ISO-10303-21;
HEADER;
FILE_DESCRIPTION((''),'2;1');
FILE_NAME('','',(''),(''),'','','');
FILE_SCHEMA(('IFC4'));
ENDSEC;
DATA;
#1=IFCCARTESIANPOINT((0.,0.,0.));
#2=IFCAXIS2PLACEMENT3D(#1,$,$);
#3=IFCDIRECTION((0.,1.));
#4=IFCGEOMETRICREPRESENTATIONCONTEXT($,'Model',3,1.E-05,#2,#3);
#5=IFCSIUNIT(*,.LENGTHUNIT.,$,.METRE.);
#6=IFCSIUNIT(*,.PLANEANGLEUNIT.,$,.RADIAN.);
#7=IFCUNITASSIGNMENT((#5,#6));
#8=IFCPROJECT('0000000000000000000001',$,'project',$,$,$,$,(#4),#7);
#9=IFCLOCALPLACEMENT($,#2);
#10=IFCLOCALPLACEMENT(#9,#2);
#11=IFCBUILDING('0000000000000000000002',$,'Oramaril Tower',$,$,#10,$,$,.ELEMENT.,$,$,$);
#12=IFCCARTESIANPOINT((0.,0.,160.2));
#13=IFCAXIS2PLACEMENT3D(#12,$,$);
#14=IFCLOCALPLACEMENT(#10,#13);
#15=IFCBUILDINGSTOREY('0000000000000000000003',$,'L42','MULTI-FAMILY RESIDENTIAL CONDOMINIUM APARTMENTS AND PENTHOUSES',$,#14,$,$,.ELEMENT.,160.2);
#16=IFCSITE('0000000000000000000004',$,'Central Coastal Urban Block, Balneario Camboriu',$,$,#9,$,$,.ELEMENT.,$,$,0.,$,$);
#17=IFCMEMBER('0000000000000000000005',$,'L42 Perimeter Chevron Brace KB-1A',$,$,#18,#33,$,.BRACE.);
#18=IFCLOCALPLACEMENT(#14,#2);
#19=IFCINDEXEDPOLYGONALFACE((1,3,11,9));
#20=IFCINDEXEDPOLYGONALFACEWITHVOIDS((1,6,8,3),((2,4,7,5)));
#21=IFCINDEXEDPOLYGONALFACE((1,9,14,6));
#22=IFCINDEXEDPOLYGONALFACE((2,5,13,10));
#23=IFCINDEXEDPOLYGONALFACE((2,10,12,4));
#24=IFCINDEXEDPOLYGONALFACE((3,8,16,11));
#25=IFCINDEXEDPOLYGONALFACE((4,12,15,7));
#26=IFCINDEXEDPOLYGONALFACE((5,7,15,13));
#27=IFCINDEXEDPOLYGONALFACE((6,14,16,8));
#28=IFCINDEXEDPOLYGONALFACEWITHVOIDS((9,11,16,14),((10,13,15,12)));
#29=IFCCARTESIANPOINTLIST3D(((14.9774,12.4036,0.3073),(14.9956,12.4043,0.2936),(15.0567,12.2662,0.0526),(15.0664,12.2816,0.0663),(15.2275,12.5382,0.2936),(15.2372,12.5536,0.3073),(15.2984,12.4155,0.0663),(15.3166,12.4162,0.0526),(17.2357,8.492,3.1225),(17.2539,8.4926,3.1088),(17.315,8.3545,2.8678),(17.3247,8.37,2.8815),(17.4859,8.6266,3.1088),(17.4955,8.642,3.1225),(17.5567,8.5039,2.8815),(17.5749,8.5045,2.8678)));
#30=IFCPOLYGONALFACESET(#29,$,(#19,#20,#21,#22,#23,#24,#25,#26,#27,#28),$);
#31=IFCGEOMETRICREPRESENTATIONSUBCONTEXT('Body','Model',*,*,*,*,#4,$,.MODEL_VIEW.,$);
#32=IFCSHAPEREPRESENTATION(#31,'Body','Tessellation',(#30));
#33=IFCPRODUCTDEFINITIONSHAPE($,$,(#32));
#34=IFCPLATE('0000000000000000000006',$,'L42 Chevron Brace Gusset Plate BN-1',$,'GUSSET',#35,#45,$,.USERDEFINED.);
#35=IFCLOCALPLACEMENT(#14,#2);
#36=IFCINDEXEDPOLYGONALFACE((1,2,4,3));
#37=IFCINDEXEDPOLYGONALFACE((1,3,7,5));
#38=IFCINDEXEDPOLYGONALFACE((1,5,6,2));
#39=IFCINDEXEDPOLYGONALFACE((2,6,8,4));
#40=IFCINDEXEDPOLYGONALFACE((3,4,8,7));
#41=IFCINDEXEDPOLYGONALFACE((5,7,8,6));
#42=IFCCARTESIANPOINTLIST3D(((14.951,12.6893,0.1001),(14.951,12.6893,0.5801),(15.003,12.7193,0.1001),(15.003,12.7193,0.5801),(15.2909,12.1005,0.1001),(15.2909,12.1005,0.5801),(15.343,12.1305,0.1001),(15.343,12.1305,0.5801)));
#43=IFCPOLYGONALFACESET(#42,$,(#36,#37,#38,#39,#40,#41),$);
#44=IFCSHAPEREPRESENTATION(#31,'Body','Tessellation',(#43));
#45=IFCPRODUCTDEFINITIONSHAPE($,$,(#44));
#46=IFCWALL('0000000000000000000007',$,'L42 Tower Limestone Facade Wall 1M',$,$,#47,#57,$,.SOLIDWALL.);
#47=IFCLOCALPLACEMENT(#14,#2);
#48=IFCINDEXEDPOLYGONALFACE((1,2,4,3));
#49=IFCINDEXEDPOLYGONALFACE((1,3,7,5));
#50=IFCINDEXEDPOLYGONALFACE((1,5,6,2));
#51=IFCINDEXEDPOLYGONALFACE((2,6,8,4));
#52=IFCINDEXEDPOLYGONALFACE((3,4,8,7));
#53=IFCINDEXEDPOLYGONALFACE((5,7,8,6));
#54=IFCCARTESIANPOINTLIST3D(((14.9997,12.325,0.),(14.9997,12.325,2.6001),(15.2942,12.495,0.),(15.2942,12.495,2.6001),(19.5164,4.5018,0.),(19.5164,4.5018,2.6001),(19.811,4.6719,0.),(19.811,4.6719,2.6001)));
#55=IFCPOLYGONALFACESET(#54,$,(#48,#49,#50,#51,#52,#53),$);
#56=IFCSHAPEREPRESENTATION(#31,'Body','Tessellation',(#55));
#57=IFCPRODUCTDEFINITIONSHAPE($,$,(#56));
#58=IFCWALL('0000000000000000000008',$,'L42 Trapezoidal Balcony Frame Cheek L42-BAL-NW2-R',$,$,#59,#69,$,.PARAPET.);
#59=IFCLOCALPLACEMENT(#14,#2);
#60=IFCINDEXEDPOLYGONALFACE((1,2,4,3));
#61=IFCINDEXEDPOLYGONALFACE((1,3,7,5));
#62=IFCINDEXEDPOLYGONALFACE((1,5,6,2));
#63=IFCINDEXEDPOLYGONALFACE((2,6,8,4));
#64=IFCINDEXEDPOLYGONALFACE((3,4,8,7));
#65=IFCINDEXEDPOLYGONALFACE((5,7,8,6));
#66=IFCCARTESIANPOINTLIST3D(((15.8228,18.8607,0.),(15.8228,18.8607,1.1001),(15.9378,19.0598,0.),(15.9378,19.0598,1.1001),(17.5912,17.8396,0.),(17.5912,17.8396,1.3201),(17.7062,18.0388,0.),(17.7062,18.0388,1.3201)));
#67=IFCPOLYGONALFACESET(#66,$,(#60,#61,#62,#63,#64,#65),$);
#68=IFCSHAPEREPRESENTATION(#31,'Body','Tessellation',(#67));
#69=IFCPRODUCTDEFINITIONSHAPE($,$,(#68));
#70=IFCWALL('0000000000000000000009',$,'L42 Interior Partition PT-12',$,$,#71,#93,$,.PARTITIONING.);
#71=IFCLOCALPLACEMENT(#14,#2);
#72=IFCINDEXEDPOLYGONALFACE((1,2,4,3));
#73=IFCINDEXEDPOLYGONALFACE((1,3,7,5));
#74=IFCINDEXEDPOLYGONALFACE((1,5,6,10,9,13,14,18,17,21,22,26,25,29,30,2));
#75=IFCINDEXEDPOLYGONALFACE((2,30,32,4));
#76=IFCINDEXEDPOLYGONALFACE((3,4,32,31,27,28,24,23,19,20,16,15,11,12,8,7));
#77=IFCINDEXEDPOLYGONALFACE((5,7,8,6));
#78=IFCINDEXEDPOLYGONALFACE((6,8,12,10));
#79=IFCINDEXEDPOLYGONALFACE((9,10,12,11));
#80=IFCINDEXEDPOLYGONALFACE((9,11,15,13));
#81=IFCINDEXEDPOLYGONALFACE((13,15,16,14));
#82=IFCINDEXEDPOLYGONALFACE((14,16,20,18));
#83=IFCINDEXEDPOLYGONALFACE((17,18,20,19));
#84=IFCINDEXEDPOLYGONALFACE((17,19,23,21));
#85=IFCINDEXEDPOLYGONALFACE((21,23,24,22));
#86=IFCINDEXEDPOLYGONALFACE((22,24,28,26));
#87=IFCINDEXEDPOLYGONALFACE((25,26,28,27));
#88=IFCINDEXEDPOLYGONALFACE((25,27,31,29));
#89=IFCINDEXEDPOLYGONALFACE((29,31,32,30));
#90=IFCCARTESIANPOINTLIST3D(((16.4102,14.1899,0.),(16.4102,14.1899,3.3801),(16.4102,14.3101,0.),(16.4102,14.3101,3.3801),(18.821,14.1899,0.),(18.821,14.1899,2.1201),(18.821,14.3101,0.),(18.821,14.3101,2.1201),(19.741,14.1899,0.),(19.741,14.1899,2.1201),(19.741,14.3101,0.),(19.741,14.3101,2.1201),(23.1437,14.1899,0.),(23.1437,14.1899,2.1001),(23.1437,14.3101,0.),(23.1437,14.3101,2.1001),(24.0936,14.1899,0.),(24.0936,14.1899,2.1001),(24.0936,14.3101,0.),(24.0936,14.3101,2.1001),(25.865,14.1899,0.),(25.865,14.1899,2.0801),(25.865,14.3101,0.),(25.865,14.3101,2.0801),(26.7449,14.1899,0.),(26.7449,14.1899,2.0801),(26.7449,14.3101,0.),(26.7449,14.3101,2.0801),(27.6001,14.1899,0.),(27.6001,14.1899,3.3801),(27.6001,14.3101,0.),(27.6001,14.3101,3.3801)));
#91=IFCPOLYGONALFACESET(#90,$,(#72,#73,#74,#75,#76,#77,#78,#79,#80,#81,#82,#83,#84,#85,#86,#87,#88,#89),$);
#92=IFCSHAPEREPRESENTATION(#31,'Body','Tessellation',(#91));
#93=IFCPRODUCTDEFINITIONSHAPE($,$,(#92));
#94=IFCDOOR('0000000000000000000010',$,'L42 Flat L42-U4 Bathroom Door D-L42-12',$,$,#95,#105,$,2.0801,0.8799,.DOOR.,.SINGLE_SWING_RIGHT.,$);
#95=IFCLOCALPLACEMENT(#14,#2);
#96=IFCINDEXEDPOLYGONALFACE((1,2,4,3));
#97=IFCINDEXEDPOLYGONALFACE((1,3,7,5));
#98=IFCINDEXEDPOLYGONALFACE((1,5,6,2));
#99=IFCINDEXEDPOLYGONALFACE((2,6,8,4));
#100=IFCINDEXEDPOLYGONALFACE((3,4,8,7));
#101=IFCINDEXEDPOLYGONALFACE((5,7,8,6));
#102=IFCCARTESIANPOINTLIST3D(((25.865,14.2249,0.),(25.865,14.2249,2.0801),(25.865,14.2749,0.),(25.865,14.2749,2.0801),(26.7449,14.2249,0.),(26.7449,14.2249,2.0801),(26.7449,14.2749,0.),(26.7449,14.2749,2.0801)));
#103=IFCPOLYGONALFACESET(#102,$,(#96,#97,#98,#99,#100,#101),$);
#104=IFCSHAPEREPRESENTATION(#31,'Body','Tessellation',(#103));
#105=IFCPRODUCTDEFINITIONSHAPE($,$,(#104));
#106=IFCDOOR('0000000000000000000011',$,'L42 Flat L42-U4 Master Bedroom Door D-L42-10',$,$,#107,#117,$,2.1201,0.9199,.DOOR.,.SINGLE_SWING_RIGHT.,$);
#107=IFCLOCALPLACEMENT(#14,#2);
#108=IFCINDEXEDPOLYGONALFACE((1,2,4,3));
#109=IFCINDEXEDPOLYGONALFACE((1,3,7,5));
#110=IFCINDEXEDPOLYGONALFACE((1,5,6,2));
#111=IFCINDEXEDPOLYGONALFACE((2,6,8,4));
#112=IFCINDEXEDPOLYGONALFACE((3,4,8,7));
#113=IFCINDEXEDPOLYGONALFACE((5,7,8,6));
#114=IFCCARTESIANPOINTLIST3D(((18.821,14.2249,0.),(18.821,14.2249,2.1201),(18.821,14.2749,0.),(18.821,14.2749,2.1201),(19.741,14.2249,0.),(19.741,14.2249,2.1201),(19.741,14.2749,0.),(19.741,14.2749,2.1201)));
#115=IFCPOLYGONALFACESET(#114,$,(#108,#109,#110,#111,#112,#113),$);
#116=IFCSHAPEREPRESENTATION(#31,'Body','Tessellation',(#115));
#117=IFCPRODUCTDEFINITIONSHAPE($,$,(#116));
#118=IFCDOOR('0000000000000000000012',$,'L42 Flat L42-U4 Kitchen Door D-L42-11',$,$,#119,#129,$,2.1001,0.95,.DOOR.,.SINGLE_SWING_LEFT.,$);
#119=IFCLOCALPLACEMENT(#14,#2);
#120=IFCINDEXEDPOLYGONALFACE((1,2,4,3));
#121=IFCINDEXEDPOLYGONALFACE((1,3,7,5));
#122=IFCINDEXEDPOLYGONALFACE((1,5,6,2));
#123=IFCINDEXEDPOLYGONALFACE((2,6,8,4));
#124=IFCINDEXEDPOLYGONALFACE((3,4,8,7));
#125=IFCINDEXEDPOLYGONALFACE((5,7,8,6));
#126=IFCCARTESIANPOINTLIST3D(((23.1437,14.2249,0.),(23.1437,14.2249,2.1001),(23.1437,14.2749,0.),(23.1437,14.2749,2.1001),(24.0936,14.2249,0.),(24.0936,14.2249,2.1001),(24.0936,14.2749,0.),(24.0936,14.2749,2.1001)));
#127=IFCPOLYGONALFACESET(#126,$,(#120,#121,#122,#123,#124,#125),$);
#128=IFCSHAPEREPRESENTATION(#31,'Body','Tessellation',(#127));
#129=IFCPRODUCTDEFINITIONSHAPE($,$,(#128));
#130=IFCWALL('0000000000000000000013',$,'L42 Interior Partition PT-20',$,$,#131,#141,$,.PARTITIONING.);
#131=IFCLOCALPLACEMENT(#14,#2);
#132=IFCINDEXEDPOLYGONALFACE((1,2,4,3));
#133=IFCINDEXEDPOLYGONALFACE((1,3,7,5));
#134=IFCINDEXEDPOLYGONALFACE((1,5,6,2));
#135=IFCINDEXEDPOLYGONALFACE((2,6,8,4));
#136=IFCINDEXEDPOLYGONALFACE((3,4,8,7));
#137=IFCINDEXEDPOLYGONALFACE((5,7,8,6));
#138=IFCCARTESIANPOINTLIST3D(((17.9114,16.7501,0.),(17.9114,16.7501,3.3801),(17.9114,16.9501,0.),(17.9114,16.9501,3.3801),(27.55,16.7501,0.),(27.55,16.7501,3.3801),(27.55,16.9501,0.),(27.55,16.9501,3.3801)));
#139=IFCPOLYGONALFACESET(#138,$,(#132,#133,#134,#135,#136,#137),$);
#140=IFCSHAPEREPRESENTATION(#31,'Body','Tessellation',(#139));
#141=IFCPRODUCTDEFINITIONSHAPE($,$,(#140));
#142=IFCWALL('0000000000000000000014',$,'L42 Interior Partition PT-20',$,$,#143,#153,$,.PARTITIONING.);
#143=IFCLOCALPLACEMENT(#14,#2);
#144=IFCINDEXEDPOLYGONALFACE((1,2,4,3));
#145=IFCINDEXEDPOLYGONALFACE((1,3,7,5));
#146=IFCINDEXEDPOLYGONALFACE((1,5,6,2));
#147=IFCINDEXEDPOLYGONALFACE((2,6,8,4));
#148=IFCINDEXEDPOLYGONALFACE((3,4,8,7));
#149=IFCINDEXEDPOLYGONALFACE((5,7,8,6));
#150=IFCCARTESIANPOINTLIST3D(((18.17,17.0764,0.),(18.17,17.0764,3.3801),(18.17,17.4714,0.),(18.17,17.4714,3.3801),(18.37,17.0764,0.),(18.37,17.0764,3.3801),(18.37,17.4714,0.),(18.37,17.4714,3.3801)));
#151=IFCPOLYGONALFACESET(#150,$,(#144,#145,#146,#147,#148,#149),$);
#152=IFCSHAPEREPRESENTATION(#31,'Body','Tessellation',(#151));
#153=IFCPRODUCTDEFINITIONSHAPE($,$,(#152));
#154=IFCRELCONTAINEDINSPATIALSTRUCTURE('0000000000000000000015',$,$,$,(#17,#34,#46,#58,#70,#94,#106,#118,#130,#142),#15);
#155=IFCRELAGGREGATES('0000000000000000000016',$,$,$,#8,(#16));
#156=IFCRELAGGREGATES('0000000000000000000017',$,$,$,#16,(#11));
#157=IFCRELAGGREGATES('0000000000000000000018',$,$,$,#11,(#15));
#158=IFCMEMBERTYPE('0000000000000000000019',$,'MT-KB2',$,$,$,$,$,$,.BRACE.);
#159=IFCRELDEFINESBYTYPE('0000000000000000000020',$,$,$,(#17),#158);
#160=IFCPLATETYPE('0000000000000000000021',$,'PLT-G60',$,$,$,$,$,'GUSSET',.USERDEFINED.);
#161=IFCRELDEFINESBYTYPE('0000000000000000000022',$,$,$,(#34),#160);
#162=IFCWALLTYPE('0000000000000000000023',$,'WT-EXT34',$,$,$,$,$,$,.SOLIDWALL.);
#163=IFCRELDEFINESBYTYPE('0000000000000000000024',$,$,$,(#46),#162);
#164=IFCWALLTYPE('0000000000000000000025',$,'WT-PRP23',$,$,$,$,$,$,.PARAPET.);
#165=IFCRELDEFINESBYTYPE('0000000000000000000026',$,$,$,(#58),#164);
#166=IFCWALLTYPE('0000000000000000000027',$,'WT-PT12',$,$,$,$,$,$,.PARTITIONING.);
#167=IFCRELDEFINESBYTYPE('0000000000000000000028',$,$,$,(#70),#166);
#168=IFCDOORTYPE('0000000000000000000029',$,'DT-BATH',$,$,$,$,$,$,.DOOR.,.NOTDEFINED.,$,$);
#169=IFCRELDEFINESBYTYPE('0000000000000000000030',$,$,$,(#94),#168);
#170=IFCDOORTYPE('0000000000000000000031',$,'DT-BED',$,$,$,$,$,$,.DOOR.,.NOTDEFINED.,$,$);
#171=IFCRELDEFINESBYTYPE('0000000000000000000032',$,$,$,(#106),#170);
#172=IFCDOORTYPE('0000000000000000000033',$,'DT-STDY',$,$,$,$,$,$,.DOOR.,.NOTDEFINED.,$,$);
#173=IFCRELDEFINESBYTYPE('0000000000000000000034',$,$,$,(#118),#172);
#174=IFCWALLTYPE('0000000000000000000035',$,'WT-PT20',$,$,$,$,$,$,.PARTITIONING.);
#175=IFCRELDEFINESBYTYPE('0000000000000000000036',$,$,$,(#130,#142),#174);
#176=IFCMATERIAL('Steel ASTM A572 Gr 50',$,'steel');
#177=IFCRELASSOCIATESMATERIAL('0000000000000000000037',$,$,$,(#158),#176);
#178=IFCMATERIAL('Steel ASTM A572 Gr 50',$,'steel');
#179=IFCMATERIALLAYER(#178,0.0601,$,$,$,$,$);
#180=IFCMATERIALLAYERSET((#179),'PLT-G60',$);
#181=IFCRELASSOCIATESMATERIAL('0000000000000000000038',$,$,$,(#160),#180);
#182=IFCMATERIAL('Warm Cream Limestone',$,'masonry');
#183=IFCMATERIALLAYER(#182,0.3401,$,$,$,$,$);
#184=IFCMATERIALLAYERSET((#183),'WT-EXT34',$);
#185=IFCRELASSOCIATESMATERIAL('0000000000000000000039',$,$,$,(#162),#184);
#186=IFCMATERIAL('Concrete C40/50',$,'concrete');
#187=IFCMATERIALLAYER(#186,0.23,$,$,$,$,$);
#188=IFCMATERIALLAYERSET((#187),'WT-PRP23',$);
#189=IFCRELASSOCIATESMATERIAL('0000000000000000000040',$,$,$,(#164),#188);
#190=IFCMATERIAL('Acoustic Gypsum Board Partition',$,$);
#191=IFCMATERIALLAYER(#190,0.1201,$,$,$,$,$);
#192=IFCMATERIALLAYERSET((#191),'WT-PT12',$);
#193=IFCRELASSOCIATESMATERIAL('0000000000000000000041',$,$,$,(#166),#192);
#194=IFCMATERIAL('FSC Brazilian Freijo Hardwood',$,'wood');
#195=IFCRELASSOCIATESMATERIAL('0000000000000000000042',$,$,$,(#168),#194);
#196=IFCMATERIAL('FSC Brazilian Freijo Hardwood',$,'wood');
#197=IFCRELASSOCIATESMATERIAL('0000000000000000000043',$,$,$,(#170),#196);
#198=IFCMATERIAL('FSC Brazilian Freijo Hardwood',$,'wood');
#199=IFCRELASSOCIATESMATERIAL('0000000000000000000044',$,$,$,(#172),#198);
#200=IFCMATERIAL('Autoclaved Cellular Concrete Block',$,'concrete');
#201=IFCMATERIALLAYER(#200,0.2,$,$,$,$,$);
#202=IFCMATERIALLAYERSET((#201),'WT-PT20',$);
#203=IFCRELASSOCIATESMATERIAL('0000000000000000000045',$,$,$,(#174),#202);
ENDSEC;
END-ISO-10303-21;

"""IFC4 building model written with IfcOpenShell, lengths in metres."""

from ifc_helpers import new_model, si_unit, direction, frame, frame_2d, origin, origin_2d, place, context, subcontext, project, spatial, polyline, rectangle, hollow_rectangle, outline, extrude, material, layer, layer_set, material_profile, profile_set, type_object, element, fill, save


model = new_model("IFC4")

# Units and contexts
model_context = context("Model", 3, precision=1e-05, world=origin(), true_north=direction((0.0, 1.0)))
body_context = subcontext(model_context, "Body", "Model", "MODEL_VIEW")
ifc_project = project(units=[si_unit("LENGTHUNIT", "METRE"), si_unit("PLANEANGLEUNIT", "RADIAN")], contexts=[model_context])

# Site, building, storey
site_placement = place(None, origin())
site = spatial("IfcSite", under=ifc_project, at=site_placement, Name="Central Coastal Urban Block, Balneario Camboriu", CompositionType="ELEMENT", RefElevation=0.0)
building_placement = place(site_placement, origin())
building = spatial("IfcBuilding", under=site, at=building_placement, Name="Oramaril Tower", CompositionType="ELEMENT")
storey_placement = place(building_placement, frame((0.0, 0.0, 160.2)))
storey = spatial("IfcBuildingStorey", under=building, at=storey_placement, Name="L42", Description="MULTI-FAMILY RESIDENTIAL CONDOMINIUM APARTMENTS AND PENTHOUSES", CompositionType="ELEMENT", Elevation=160.2)

# Member
ifc_material_1 = material(Name="Steel ASTM A572 Gr 50", Category="steel")
ifc_material_profile_1 = material_profile(ifc_material_1, hollow_rectangle(XDim=0.3, YDim=0.3, WallThickness=0.0161, at=origin_2d()), Name="HSS300X300X16")
ifc_profile_set_1 = profile_set([ifc_material_profile_1], Name="Steel ASTM A572 Gr 50")
member_type = type_object("IfcMemberType", Name="MT-KB2", PredefinedType="BRACE", material=ifc_profile_set_1)
member_placement = place(storey_placement, frame((15.147, 12.4099, 0.1799), z_axis=(0.424316, -0.734961, 0.52895), x_axis=(0.866033, 0.499988, 0.0)))
element("IfcMember", 1, at=member_placement, inside=storey, type_object=member_type, Name="L42 Perimeter Chevron Brace KB-1A", PredefinedType="BRACE", context=body_context, shape_type="SweptSolid", body=[
    extrude(hollow_rectangle(XDim=0.3, YDim=0.3, WallThickness=0.0161, at=origin_2d()), origin(), (0.0, 0.0, 1.0), 5.3223),
])

# Plate
ifc_material_2 = material(Name="Steel ASTM A572 Gr 50", Category="steel")
ifc_layer_1 = layer(ifc_material_2, 0.0601)
ifc_layer_set_1 = layer_set([ifc_layer_1], Name="PLT-G60")
plate_type = type_object("IfcPlateType", Name="PLT-G60", ElementType="GUSSET", PredefinedType="USERDEFINED", material=ifc_layer_set_1)
plate_placement = place(storey_placement, frame((15.147, 12.4099, 0.1001), z_axis=(0.0, 0.0, 1.0), x_axis=(0.500002, -0.866025, 0.0)))
element("IfcPlate", 2, at=plate_placement, inside=storey, type_object=plate_type, Name="L42 Chevron Brace Gusset Plate BN-1", ObjectType="GUSSET", PredefinedType="USERDEFINED", context=body_context, shape_type="SweptSolid", body=[
    extrude(rectangle(XDim=0.6799, YDim=0.0601, at=origin_2d()), origin(), (0.0, 0.0, 1.0), 0.48),
])

# Walls
ifc_material_3 = material(Name="Warm Cream Limestone", Category="masonry")
ifc_layer_2 = layer(ifc_material_3, 0.3401)
ifc_layer_set_2 = layer_set([ifc_layer_2], Name="WT-EXT34")
wall_type_1 = type_object("IfcWallType", Name="WT-EXT34", PredefinedType="SOLIDWALL", material=ifc_layer_set_2)
wall_1_placement = place(storey_placement, frame((15.147, 12.4099, 0.0), z_axis=(0.0, 0.0, 1.0), x_axis=(0.500008, -0.866021, 0.0)))
element("IfcWall", 3, at=wall_1_placement, inside=storey, type_object=wall_type_1, Name="L42 Tower Limestone Facade Wall 1M", PredefinedType="SOLIDWALL", context=body_context, shape_type="SweptSolid", body=[
    extrude(rectangle(XDim=9.0334, YDim=0.3401, at=frame_2d((4.5166, 0.0))), origin(), (0.0, 0.0, 1.0), 2.6001),
])
ifc_material_4 = material(Name="Concrete C40/50", Category="concrete")
ifc_layer_3 = layer(ifc_material_4, 0.23)
ifc_layer_set_3 = layer_set([ifc_layer_3], Name="WT-PRP23")
wall_type_2 = type_object("IfcWallType", Name="WT-PRP23", PredefinedType="PARAPET", material=ifc_layer_set_3)
wall_2_placement = place(storey_placement, frame((17.6487, 17.9392, 0.0), z_axis=(0.0, 0.0, 1.0), x_axis=(-0.866012, 0.500023, 0.0)))
element("IfcWall", 4, at=wall_2_placement, inside=storey, type_object=wall_type_2, Name="L42 Trapezoidal Balcony Frame Cheek L42-BAL-NW2-R", PredefinedType="PARAPET", context=body_context, shape_type="SweptSolid", body=[
    extrude(outline(polyline([(0.0, 0.0), (2.042, 0.0), (2.042, 1.1001), (0.0, 1.3201), (0.0, 0.0)])), frame((0.0, 0.115, 0.0), z_axis=(0.0, -1.0, 0.0), x_axis=(1.0, 0.0, 0.0)), (0.0, 0.0, 1.0), 0.23),
])

# Wall, openings, doors
ifc_material_5 = material(Name="Acoustic Gypsum Board Partition")
ifc_layer_4 = layer(ifc_material_5, 0.1201)
ifc_layer_set_4 = layer_set([ifc_layer_4], Name="WT-PT12")
wall_type_3 = type_object("IfcWallType", Name="WT-PT12", PredefinedType="PARTITIONING", material=ifc_layer_set_4)
wall_3_placement = place(storey_placement, frame((16.4102, 14.25, 0.0), z_axis=(0.0, 0.0, 1.0), x_axis=(1.0, 0.0, 0.0)))
wall_3 = element("IfcWall", 5, at=wall_3_placement, inside=storey, type_object=wall_type_3, Name="L42 Interior Partition PT-12", PredefinedType="PARTITIONING", context=body_context, shape_type="SweptSolid", body=[
    extrude(rectangle(XDim=11.1899, YDim=0.1201, at=frame_2d((5.595, 0.0))), origin(), (0.0, 0.0, 1.0), 3.3801),
])
opening_1_placement = place(wall_3_placement, frame((2.4109, 0.0, 0.0)))
opening_1 = element("IfcOpeningElement", 6, at=opening_1_placement, cuts=wall_3, PredefinedType="OPENING", context=body_context, shape_type="SweptSolid", body=[
    extrude(rectangle(XDim=0.9199, YDim=2.1201, at=frame_2d((0.46, 1.0601))), frame((0.0, 0.0601, 0.0), z_axis=(0.0, -1.0, 0.0), x_axis=(1.0, 0.0, 0.0)), (0.0, 0.0, 1.0), 0.1201),
])
opening_2_placement = place(wall_3_placement, frame((6.7334, 0.0, 0.0)))
opening_2 = element("IfcOpeningElement", 7, at=opening_2_placement, cuts=wall_3, PredefinedType="OPENING", context=body_context, shape_type="SweptSolid", body=[
    extrude(rectangle(XDim=0.95, YDim=2.1001, at=frame_2d((0.4751, 1.05))), frame((0.0, 0.0601, 0.0), z_axis=(0.0, -1.0, 0.0), x_axis=(1.0, 0.0, 0.0)), (0.0, 0.0, 1.0), 0.1201),
])
opening_3_placement = place(wall_3_placement, frame((9.4548, 0.0, 0.0)))
opening_3 = element("IfcOpeningElement", 8, at=opening_3_placement, cuts=wall_3, PredefinedType="OPENING", context=body_context, shape_type="SweptSolid", body=[
    extrude(rectangle(XDim=0.8799, YDim=2.0801, at=frame_2d((0.4399, 1.04))), frame((0.0, 0.0601, 0.0), z_axis=(0.0, -1.0, 0.0), x_axis=(1.0, 0.0, 0.0)), (0.0, 0.0, 1.0), 0.1201),
])
ifc_material_6 = material(Name="FSC Brazilian Freijo Hardwood", Category="wood")
door_type_1 = type_object("IfcDoorType", Name="DT-BATH", OperationType="NOTDEFINED", PredefinedType="DOOR", material=ifc_material_6)
door_1_placement = place(opening_3_placement, origin())
door_1 = element("IfcDoor", 9, at=door_1_placement, inside=storey, type_object=door_type_1, Name="L42 Flat L42-U4 Bathroom Door D-L42-12", OperationType="SINGLE_SWING_RIGHT", OverallHeight=2.0801, OverallWidth=0.8799, PredefinedType="DOOR", context=body_context, shape_type="SweptSolid", body=[
    extrude(rectangle(XDim=0.8799, YDim=2.0801, at=frame_2d((0.4399, 1.04))), frame((0.0, 0.0249, 0.0), z_axis=(0.0, -1.0, 0.0), x_axis=(1.0, 0.0, 0.0)), (0.0, 0.0, 1.0), 0.05),
])
fill(opening_3, door_1)
ifc_material_7 = material(Name="FSC Brazilian Freijo Hardwood", Category="wood")
door_type_2 = type_object("IfcDoorType", Name="DT-BED", OperationType="NOTDEFINED", PredefinedType="DOOR", material=ifc_material_7)
door_2_placement = place(opening_1_placement, origin())
door_2 = element("IfcDoor", 10, at=door_2_placement, inside=storey, type_object=door_type_2, Name="L42 Flat L42-U4 Master Bedroom Door D-L42-10", OperationType="SINGLE_SWING_RIGHT", OverallHeight=2.1201, OverallWidth=0.9199, PredefinedType="DOOR", context=body_context, shape_type="SweptSolid", body=[
    extrude(rectangle(XDim=0.9199, YDim=2.1201, at=frame_2d((0.46, 1.0601))), frame((0.0, 0.0249, 0.0), z_axis=(0.0, -1.0, 0.0), x_axis=(1.0, 0.0, 0.0)), (0.0, 0.0, 1.0), 0.05),
])
fill(opening_1, door_2)
ifc_material_8 = material(Name="FSC Brazilian Freijo Hardwood", Category="wood")
door_type_3 = type_object("IfcDoorType", Name="DT-STDY", OperationType="NOTDEFINED", PredefinedType="DOOR", material=ifc_material_8)
door_3_placement = place(opening_2_placement, origin())
door_3 = element("IfcDoor", 11, at=door_3_placement, inside=storey, type_object=door_type_3, Name="L42 Flat L42-U4 Kitchen Door D-L42-11", OperationType="SINGLE_SWING_LEFT", OverallHeight=2.1001, OverallWidth=0.95, PredefinedType="DOOR", context=body_context, shape_type="SweptSolid", body=[
    extrude(rectangle(XDim=0.95, YDim=2.1001, at=frame_2d((0.4751, 1.05))), frame((0.0, 0.0249, 0.0), z_axis=(0.0, -1.0, 0.0), x_axis=(1.0, 0.0, 0.0)), (0.0, 0.0, 1.0), 0.05),
])
fill(opening_2, door_3)

# Wall
ifc_material_9 = material(Name="Autoclaved Cellular Concrete Block", Category="concrete")
ifc_layer_5 = layer(ifc_material_9, 0.2)
ifc_layer_set_5 = layer_set([ifc_layer_5], Name="WT-PT20")
wall_type_4 = type_object("IfcWallType", Name="WT-PT20", PredefinedType="PARTITIONING", material=ifc_layer_set_5)
wall_4_placement = place(storey_placement, frame((17.9114, 16.8501, 0.0), z_axis=(0.0, 0.0, 1.0), x_axis=(1.0, 0.0, 0.0)))
element("IfcWall", 12, at=wall_4_placement, inside=storey, type_object=wall_type_4, Name="L42 Interior Partition PT-20", PredefinedType="PARTITIONING", context=body_context, shape_type="SweptSolid", body=[
    extrude(rectangle(XDim=9.6387, YDim=0.2, at=frame_2d((4.8193, 0.0))), origin(), (0.0, 0.0, 1.0), 3.3801),
])

# Wall
wall_5_placement = place(storey_placement, frame((18.27, 17.0764, 0.0), z_axis=(0.0, 0.0, 1.0), x_axis=(0.0, 1.0, 0.0)))
element("IfcWall", 13, at=wall_5_placement, inside=storey, type_object=wall_type_4, Name="L42 Interior Partition PT-20", PredefinedType="PARTITIONING", context=body_context, shape_type="SweptSolid", body=[
    extrude(rectangle(XDim=0.395, YDim=0.2, at=frame_2d((0.1975, 0.0))), origin(), (0.0, 0.0, 1.0), 3.3801),
])

save(model, "model.ifc")
